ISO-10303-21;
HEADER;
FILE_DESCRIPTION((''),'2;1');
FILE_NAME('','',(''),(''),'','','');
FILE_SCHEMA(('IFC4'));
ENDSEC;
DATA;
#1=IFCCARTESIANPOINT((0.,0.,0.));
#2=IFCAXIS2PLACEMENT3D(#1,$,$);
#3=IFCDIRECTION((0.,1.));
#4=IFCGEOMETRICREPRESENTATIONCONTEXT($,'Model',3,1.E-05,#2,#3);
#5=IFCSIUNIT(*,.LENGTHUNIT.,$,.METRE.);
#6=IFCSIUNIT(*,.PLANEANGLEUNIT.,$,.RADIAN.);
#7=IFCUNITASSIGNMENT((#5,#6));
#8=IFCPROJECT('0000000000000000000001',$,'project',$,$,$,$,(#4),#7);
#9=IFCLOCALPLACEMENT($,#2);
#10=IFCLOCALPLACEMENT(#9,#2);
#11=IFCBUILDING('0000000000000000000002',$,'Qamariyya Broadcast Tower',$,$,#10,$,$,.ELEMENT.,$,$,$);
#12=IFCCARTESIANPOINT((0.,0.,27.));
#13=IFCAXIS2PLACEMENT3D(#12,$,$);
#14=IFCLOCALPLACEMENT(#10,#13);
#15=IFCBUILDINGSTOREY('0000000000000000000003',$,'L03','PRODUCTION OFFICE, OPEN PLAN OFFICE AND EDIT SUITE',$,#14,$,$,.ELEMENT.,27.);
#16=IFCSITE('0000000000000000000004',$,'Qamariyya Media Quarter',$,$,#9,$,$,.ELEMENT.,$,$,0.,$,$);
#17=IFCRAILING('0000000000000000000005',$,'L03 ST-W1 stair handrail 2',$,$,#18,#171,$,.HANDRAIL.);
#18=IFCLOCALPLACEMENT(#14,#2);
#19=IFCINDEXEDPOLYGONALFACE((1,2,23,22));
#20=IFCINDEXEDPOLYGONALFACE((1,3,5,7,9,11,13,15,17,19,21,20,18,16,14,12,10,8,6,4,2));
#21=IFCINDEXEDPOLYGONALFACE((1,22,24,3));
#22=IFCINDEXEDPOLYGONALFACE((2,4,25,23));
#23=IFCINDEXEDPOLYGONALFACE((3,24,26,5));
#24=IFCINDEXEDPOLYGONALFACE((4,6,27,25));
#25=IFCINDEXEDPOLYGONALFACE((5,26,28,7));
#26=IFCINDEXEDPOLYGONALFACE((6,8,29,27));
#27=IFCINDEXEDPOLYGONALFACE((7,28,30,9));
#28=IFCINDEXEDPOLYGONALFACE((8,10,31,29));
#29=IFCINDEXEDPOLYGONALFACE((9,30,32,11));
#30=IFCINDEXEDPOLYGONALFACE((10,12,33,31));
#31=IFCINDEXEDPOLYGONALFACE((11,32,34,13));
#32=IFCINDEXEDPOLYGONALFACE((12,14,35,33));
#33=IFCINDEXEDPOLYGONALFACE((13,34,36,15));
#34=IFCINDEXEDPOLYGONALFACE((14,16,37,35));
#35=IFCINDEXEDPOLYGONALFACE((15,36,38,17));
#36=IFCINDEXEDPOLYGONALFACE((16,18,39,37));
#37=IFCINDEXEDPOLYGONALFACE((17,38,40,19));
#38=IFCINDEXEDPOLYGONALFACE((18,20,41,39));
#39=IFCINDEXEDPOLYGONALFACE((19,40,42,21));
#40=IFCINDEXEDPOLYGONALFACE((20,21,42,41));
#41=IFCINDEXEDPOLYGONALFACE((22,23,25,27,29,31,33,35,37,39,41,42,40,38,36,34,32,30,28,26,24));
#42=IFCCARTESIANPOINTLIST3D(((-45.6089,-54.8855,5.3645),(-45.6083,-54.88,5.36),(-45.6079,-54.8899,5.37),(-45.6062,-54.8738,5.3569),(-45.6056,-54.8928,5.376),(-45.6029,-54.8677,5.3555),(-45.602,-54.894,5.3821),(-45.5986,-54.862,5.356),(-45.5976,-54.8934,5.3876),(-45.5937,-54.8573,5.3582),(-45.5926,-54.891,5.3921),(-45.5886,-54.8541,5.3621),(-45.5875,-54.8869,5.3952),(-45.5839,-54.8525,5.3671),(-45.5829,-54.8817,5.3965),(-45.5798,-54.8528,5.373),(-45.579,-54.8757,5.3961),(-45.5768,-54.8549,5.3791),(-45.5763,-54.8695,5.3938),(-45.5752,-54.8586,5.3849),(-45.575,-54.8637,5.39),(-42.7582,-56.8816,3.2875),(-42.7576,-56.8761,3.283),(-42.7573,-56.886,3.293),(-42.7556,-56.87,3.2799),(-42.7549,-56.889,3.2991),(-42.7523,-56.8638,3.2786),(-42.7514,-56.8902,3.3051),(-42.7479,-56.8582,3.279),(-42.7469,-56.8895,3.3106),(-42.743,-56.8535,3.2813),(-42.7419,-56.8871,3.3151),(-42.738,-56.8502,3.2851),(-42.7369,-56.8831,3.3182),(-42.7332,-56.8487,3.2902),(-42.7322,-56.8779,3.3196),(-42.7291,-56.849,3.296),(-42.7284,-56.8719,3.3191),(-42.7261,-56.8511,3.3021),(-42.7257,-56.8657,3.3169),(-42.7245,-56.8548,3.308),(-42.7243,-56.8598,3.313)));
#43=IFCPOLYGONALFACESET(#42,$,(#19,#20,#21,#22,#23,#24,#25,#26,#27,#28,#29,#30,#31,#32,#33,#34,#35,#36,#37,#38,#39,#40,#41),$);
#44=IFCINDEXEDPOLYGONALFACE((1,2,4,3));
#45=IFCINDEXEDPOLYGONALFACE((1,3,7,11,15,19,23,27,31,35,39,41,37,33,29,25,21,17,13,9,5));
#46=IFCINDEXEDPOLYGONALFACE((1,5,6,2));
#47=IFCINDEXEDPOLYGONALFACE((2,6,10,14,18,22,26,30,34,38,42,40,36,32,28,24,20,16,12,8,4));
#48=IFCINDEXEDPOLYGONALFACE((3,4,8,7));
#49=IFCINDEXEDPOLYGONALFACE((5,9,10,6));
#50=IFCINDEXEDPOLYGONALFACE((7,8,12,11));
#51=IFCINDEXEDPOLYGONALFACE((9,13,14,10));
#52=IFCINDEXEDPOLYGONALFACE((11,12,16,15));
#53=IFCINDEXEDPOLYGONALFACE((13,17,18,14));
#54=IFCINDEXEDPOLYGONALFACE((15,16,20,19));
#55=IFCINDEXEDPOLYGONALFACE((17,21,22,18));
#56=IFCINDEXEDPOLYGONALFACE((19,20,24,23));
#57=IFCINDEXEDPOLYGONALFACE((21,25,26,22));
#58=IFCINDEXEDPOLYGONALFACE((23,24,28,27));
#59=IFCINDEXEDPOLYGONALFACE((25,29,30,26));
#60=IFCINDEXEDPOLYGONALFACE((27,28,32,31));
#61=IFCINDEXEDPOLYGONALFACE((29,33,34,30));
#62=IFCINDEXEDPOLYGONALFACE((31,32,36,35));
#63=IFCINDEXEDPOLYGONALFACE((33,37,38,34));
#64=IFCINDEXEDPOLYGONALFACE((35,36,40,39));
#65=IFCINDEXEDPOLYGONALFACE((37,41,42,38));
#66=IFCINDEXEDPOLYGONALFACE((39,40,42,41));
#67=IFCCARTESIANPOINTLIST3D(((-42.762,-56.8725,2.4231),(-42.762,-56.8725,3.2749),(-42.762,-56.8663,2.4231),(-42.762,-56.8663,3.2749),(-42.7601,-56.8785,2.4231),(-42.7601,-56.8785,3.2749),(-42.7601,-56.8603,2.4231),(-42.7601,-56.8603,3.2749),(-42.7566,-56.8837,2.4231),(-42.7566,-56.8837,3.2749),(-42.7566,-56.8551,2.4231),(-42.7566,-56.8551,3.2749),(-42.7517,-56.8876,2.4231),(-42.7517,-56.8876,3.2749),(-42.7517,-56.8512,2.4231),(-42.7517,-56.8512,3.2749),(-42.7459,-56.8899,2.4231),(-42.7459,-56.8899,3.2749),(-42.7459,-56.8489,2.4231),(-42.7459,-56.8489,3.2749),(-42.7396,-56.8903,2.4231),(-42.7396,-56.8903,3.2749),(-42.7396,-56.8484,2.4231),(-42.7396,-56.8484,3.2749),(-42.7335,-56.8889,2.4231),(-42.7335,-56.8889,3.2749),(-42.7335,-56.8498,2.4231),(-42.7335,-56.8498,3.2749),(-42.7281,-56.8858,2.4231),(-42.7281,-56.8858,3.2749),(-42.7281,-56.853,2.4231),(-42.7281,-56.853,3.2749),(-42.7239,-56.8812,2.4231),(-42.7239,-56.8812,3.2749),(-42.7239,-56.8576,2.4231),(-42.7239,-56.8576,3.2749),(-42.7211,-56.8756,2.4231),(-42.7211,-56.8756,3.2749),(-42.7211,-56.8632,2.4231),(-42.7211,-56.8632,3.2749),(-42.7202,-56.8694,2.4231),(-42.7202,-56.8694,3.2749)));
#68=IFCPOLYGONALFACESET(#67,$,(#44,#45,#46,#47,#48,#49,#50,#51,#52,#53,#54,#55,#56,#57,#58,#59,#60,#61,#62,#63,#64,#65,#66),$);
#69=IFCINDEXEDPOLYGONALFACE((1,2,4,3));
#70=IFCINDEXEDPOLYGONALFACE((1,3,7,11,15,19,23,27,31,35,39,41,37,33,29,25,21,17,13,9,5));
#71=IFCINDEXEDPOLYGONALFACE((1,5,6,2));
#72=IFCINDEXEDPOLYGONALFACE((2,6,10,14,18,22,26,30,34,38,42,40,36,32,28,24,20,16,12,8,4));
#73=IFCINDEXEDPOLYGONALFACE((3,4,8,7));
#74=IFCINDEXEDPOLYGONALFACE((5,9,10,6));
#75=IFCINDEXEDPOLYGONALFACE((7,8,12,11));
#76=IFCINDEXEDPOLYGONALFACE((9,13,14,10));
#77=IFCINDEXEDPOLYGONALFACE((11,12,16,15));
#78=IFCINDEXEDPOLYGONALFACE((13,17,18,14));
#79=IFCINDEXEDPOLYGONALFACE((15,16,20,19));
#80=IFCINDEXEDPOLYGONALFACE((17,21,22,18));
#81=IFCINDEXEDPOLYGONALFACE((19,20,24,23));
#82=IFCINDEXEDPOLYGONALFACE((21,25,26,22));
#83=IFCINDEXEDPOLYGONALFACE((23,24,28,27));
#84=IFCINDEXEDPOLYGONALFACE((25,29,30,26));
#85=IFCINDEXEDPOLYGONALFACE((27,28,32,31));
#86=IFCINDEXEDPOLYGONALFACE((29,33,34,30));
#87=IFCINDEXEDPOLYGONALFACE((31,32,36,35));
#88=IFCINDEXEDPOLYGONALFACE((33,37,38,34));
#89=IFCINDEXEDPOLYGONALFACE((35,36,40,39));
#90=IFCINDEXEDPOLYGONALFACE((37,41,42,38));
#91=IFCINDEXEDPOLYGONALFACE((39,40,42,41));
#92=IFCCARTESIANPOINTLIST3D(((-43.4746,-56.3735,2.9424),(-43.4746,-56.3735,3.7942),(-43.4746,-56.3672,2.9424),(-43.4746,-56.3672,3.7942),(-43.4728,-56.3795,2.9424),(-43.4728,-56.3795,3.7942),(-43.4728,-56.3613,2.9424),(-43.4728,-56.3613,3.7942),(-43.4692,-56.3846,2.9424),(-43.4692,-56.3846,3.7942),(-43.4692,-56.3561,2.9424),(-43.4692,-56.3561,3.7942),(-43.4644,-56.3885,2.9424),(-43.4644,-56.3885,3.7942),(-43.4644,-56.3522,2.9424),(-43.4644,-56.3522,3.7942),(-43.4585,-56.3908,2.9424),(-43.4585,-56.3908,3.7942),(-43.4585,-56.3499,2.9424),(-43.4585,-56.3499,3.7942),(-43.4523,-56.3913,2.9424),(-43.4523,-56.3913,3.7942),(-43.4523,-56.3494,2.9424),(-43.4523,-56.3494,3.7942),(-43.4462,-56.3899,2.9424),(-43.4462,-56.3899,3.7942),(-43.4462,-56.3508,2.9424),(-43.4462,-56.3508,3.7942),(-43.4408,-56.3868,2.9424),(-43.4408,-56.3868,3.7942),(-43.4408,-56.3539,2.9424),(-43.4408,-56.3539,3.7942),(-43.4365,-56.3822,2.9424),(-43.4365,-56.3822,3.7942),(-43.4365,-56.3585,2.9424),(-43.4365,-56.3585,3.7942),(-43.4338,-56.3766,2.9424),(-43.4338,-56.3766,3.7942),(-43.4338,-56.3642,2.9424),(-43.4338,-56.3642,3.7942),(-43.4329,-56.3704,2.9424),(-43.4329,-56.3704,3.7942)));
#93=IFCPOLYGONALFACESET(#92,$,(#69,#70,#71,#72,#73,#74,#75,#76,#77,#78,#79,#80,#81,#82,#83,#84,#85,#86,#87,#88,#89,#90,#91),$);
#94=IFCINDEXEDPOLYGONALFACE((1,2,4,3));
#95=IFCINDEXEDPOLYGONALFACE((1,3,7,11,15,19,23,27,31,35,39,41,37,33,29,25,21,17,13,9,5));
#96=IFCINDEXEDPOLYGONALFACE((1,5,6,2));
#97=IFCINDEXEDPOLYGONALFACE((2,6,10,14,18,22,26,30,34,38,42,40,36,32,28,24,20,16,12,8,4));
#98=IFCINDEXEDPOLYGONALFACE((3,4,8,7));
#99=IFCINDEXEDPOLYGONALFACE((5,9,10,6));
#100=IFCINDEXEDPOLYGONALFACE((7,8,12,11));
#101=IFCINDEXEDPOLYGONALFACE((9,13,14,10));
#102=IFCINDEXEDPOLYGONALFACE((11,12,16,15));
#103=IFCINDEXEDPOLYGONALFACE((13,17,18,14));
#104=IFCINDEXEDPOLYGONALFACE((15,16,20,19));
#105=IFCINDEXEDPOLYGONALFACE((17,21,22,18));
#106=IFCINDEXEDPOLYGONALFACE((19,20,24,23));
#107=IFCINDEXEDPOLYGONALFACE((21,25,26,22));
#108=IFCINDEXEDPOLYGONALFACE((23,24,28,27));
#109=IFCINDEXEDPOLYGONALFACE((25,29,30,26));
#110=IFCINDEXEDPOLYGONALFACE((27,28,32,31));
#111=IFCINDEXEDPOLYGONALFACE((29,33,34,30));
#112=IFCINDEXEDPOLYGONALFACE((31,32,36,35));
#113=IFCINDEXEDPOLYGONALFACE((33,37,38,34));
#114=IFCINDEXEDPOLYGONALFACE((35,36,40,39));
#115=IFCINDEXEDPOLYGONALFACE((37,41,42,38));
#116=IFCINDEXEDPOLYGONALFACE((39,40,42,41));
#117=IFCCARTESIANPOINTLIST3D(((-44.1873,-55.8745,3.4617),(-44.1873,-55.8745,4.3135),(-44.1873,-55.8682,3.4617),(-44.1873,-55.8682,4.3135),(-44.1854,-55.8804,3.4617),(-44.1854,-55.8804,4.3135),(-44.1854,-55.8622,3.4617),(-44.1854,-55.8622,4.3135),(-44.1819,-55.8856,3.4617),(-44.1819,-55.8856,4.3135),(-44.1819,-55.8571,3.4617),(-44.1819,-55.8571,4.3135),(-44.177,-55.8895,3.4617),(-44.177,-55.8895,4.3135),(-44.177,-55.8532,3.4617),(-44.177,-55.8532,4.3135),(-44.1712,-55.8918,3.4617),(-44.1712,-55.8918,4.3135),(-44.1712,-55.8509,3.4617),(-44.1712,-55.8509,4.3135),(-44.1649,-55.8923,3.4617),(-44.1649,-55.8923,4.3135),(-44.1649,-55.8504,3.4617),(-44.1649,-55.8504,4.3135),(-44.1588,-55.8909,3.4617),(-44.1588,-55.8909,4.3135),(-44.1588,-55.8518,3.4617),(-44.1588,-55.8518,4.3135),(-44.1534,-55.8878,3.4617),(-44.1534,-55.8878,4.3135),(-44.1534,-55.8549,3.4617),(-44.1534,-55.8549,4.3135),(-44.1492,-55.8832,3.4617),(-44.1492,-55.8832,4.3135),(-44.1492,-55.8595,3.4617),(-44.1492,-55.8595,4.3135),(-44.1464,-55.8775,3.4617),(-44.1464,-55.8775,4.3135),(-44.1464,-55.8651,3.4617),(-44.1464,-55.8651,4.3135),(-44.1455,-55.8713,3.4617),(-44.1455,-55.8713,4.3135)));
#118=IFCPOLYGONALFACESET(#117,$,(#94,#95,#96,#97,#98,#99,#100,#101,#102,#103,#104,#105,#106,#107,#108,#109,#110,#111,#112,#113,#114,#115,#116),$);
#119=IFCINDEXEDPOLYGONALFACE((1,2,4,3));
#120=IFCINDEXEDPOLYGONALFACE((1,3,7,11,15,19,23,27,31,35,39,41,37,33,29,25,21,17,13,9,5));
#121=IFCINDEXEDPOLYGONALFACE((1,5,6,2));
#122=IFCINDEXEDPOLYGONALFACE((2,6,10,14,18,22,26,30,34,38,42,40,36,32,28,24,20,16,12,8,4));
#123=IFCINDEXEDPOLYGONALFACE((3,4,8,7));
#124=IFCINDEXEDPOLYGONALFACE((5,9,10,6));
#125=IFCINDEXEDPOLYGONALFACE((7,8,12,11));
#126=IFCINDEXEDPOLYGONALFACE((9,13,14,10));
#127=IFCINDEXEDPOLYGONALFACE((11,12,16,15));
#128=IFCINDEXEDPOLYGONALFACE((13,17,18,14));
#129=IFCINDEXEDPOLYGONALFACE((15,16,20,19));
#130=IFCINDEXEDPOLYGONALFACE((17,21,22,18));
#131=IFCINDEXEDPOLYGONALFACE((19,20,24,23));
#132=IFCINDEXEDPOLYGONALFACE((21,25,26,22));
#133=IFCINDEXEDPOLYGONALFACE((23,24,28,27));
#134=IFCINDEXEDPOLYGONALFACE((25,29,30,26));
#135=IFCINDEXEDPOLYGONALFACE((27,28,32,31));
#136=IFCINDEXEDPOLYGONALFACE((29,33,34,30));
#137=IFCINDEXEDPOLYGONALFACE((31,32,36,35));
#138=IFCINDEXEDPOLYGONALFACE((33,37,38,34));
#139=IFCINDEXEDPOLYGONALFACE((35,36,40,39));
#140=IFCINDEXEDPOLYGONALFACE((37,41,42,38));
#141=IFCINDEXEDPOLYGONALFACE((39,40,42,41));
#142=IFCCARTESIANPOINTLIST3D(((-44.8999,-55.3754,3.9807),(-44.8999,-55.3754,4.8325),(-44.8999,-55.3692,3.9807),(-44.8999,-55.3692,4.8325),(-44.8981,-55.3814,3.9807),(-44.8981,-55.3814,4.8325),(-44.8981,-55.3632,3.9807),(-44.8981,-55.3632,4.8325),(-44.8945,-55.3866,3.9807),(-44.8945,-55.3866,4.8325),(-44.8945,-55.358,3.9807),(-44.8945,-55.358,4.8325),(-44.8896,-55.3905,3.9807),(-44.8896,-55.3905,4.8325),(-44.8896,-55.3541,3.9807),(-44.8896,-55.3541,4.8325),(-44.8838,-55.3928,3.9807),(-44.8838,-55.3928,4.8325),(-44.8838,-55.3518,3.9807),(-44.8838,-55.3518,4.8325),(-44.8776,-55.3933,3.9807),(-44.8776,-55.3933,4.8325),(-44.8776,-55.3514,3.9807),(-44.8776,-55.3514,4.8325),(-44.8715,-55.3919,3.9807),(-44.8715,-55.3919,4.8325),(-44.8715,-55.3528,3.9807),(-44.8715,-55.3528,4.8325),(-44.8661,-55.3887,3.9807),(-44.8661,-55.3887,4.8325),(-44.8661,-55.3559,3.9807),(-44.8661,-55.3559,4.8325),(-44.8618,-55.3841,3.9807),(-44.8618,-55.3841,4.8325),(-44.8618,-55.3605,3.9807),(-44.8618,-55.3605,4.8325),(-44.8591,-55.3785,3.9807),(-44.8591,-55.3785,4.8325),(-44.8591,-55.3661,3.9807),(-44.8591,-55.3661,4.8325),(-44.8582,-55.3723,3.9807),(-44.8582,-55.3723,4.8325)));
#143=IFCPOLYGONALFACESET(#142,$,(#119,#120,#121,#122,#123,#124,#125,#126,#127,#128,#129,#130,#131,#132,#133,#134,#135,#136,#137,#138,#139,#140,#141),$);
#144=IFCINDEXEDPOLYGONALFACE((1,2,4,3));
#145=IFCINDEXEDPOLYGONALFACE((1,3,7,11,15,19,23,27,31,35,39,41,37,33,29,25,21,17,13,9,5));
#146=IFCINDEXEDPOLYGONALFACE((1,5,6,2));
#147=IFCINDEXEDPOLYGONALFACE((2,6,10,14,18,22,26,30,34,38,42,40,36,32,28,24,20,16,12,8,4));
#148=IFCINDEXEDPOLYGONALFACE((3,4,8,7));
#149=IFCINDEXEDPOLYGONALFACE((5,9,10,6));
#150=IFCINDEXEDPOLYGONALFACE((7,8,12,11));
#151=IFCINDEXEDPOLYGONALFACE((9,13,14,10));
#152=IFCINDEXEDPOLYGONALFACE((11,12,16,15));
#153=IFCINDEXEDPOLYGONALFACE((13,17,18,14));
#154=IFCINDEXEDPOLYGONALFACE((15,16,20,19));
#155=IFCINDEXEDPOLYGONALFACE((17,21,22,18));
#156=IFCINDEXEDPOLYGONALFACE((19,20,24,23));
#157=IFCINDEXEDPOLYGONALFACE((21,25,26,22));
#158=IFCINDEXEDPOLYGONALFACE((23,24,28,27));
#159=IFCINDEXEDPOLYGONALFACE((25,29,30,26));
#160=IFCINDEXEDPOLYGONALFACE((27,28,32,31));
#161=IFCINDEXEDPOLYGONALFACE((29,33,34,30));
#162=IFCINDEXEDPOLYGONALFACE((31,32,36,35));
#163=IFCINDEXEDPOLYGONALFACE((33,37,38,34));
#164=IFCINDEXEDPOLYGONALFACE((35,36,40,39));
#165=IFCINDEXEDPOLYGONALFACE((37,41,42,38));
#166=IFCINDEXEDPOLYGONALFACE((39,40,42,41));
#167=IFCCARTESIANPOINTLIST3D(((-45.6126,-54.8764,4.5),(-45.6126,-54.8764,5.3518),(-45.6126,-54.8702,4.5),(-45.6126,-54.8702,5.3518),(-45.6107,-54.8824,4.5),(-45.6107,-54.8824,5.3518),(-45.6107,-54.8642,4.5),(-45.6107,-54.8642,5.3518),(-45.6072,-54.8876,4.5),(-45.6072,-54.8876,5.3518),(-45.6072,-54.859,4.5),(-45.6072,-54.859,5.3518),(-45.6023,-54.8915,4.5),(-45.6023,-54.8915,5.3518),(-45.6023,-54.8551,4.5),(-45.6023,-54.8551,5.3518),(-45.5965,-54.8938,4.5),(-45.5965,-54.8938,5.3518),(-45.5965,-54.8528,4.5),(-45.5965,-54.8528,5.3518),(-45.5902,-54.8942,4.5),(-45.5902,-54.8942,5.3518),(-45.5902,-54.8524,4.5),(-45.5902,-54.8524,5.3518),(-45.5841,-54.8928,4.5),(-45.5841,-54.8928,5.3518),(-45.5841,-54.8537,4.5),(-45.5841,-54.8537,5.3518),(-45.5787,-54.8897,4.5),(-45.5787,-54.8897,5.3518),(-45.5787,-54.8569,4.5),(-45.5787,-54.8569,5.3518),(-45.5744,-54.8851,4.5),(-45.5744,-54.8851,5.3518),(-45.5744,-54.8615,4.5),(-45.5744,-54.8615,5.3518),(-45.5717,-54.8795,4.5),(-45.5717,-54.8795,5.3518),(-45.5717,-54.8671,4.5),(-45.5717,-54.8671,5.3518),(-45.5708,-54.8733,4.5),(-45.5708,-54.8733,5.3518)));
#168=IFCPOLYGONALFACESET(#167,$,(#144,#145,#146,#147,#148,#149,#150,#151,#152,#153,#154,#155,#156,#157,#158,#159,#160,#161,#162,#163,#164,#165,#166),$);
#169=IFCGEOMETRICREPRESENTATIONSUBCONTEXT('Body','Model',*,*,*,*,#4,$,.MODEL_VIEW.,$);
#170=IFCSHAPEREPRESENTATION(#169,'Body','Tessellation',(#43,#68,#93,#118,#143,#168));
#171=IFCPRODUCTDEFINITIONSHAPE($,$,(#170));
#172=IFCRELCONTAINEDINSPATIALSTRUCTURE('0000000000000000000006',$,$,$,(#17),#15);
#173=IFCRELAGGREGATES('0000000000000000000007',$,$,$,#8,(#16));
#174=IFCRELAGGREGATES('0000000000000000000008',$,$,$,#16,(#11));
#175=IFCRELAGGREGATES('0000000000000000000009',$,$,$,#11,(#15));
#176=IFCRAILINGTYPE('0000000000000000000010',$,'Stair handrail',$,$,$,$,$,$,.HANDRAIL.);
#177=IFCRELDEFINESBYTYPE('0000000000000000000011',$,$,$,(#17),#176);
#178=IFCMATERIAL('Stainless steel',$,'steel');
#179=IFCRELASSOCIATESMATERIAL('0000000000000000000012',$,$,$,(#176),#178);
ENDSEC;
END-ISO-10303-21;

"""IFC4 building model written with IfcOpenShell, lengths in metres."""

from ifc_helpers import new_model, si_unit, direction, frame, origin, origin_2d, place, context, subcontext, project, spatial, circle, extrude, material, type_object, element, save


model = new_model("IFC4")

# Units and contexts
model_context = context("Model", 3, precision=1e-05, world=origin(), true_north=direction((0.0, 1.0)))
body_context = subcontext(model_context, "Body", "Model", "MODEL_VIEW")
ifc_project = project(units=[si_unit("LENGTHUNIT", "METRE"), si_unit("PLANEANGLEUNIT", "RADIAN")], contexts=[model_context])

# Site, building, storey
site_placement = place(None, origin())
site = spatial("IfcSite", under=ifc_project, at=site_placement, Name="Qamariyya Media Quarter", CompositionType="ELEMENT", RefElevation=0.0)
building_placement = place(site_placement, origin())
building = spatial("IfcBuilding", under=site, at=building_placement, Name="Qamariyya Broadcast Tower", CompositionType="ELEMENT")
storey_placement = place(building_placement, frame((0.0, 0.0, 27.0)))
storey = spatial("IfcBuildingStorey", under=building, at=storey_placement, Name="L03", Description="PRODUCTION OFFICE, OPEN PLAN OFFICE AND EDIT SUITE", CompositionType="ELEMENT", Elevation=27.0)

# Railing
ifc_material_1 = material(Name="Stainless steel", Category="steel")
railing_type_1 = type_object("IfcRailingType", Name="Stair handrail", PredefinedType="HANDRAIL", material=ifc_material_1)
railing_1_placement = place(storey_placement, frame((-42.7412, -56.8694, 2.4231)))
element("IfcRailing", 1, at=railing_1_placement, inside=storey, type_object=railing_type_1, Name="L03 ST-W1 stair handrail 2", PredefinedType="HANDRAIL", context=body_context, shape_type="SweptSolid", body=[
    extrude(circle(Radius=0.0239, at=origin_2d()), frame((0.0, 0.0, 0.876), z_axis=(-0.703393, 0.492544, 0.512484), x_axis=(-0.573594, -0.81914, 0.0)), (0.0, 0.0, 1.0), 4.0527),
    extrude(circle(Radius=0.021, at=origin_2d()), origin(), (0.0, 0.0, 1.0), 0.8518),
    extrude(circle(Radius=0.021, at=origin_2d()), frame((-0.7126, 0.499, 0.5193)), (0.0, 0.0, 1.0), 0.8518),
    extrude(circle(Radius=0.021, at=origin_2d()), frame((-1.4253, 0.998, 1.0386)), (0.0, 0.0, 1.0), 0.8518),
    extrude(circle(Radius=0.021, at=origin_2d()), frame((-2.1379, 1.4971, 1.5576)), (0.0, 0.0, 1.0), 0.8518),
    extrude(circle(Radius=0.021, at=origin_2d()), frame((-2.8506, 1.9961, 2.0769)), (0.0, 0.0, 1.0), 0.8518),
])

save(model, "model.ifc")
